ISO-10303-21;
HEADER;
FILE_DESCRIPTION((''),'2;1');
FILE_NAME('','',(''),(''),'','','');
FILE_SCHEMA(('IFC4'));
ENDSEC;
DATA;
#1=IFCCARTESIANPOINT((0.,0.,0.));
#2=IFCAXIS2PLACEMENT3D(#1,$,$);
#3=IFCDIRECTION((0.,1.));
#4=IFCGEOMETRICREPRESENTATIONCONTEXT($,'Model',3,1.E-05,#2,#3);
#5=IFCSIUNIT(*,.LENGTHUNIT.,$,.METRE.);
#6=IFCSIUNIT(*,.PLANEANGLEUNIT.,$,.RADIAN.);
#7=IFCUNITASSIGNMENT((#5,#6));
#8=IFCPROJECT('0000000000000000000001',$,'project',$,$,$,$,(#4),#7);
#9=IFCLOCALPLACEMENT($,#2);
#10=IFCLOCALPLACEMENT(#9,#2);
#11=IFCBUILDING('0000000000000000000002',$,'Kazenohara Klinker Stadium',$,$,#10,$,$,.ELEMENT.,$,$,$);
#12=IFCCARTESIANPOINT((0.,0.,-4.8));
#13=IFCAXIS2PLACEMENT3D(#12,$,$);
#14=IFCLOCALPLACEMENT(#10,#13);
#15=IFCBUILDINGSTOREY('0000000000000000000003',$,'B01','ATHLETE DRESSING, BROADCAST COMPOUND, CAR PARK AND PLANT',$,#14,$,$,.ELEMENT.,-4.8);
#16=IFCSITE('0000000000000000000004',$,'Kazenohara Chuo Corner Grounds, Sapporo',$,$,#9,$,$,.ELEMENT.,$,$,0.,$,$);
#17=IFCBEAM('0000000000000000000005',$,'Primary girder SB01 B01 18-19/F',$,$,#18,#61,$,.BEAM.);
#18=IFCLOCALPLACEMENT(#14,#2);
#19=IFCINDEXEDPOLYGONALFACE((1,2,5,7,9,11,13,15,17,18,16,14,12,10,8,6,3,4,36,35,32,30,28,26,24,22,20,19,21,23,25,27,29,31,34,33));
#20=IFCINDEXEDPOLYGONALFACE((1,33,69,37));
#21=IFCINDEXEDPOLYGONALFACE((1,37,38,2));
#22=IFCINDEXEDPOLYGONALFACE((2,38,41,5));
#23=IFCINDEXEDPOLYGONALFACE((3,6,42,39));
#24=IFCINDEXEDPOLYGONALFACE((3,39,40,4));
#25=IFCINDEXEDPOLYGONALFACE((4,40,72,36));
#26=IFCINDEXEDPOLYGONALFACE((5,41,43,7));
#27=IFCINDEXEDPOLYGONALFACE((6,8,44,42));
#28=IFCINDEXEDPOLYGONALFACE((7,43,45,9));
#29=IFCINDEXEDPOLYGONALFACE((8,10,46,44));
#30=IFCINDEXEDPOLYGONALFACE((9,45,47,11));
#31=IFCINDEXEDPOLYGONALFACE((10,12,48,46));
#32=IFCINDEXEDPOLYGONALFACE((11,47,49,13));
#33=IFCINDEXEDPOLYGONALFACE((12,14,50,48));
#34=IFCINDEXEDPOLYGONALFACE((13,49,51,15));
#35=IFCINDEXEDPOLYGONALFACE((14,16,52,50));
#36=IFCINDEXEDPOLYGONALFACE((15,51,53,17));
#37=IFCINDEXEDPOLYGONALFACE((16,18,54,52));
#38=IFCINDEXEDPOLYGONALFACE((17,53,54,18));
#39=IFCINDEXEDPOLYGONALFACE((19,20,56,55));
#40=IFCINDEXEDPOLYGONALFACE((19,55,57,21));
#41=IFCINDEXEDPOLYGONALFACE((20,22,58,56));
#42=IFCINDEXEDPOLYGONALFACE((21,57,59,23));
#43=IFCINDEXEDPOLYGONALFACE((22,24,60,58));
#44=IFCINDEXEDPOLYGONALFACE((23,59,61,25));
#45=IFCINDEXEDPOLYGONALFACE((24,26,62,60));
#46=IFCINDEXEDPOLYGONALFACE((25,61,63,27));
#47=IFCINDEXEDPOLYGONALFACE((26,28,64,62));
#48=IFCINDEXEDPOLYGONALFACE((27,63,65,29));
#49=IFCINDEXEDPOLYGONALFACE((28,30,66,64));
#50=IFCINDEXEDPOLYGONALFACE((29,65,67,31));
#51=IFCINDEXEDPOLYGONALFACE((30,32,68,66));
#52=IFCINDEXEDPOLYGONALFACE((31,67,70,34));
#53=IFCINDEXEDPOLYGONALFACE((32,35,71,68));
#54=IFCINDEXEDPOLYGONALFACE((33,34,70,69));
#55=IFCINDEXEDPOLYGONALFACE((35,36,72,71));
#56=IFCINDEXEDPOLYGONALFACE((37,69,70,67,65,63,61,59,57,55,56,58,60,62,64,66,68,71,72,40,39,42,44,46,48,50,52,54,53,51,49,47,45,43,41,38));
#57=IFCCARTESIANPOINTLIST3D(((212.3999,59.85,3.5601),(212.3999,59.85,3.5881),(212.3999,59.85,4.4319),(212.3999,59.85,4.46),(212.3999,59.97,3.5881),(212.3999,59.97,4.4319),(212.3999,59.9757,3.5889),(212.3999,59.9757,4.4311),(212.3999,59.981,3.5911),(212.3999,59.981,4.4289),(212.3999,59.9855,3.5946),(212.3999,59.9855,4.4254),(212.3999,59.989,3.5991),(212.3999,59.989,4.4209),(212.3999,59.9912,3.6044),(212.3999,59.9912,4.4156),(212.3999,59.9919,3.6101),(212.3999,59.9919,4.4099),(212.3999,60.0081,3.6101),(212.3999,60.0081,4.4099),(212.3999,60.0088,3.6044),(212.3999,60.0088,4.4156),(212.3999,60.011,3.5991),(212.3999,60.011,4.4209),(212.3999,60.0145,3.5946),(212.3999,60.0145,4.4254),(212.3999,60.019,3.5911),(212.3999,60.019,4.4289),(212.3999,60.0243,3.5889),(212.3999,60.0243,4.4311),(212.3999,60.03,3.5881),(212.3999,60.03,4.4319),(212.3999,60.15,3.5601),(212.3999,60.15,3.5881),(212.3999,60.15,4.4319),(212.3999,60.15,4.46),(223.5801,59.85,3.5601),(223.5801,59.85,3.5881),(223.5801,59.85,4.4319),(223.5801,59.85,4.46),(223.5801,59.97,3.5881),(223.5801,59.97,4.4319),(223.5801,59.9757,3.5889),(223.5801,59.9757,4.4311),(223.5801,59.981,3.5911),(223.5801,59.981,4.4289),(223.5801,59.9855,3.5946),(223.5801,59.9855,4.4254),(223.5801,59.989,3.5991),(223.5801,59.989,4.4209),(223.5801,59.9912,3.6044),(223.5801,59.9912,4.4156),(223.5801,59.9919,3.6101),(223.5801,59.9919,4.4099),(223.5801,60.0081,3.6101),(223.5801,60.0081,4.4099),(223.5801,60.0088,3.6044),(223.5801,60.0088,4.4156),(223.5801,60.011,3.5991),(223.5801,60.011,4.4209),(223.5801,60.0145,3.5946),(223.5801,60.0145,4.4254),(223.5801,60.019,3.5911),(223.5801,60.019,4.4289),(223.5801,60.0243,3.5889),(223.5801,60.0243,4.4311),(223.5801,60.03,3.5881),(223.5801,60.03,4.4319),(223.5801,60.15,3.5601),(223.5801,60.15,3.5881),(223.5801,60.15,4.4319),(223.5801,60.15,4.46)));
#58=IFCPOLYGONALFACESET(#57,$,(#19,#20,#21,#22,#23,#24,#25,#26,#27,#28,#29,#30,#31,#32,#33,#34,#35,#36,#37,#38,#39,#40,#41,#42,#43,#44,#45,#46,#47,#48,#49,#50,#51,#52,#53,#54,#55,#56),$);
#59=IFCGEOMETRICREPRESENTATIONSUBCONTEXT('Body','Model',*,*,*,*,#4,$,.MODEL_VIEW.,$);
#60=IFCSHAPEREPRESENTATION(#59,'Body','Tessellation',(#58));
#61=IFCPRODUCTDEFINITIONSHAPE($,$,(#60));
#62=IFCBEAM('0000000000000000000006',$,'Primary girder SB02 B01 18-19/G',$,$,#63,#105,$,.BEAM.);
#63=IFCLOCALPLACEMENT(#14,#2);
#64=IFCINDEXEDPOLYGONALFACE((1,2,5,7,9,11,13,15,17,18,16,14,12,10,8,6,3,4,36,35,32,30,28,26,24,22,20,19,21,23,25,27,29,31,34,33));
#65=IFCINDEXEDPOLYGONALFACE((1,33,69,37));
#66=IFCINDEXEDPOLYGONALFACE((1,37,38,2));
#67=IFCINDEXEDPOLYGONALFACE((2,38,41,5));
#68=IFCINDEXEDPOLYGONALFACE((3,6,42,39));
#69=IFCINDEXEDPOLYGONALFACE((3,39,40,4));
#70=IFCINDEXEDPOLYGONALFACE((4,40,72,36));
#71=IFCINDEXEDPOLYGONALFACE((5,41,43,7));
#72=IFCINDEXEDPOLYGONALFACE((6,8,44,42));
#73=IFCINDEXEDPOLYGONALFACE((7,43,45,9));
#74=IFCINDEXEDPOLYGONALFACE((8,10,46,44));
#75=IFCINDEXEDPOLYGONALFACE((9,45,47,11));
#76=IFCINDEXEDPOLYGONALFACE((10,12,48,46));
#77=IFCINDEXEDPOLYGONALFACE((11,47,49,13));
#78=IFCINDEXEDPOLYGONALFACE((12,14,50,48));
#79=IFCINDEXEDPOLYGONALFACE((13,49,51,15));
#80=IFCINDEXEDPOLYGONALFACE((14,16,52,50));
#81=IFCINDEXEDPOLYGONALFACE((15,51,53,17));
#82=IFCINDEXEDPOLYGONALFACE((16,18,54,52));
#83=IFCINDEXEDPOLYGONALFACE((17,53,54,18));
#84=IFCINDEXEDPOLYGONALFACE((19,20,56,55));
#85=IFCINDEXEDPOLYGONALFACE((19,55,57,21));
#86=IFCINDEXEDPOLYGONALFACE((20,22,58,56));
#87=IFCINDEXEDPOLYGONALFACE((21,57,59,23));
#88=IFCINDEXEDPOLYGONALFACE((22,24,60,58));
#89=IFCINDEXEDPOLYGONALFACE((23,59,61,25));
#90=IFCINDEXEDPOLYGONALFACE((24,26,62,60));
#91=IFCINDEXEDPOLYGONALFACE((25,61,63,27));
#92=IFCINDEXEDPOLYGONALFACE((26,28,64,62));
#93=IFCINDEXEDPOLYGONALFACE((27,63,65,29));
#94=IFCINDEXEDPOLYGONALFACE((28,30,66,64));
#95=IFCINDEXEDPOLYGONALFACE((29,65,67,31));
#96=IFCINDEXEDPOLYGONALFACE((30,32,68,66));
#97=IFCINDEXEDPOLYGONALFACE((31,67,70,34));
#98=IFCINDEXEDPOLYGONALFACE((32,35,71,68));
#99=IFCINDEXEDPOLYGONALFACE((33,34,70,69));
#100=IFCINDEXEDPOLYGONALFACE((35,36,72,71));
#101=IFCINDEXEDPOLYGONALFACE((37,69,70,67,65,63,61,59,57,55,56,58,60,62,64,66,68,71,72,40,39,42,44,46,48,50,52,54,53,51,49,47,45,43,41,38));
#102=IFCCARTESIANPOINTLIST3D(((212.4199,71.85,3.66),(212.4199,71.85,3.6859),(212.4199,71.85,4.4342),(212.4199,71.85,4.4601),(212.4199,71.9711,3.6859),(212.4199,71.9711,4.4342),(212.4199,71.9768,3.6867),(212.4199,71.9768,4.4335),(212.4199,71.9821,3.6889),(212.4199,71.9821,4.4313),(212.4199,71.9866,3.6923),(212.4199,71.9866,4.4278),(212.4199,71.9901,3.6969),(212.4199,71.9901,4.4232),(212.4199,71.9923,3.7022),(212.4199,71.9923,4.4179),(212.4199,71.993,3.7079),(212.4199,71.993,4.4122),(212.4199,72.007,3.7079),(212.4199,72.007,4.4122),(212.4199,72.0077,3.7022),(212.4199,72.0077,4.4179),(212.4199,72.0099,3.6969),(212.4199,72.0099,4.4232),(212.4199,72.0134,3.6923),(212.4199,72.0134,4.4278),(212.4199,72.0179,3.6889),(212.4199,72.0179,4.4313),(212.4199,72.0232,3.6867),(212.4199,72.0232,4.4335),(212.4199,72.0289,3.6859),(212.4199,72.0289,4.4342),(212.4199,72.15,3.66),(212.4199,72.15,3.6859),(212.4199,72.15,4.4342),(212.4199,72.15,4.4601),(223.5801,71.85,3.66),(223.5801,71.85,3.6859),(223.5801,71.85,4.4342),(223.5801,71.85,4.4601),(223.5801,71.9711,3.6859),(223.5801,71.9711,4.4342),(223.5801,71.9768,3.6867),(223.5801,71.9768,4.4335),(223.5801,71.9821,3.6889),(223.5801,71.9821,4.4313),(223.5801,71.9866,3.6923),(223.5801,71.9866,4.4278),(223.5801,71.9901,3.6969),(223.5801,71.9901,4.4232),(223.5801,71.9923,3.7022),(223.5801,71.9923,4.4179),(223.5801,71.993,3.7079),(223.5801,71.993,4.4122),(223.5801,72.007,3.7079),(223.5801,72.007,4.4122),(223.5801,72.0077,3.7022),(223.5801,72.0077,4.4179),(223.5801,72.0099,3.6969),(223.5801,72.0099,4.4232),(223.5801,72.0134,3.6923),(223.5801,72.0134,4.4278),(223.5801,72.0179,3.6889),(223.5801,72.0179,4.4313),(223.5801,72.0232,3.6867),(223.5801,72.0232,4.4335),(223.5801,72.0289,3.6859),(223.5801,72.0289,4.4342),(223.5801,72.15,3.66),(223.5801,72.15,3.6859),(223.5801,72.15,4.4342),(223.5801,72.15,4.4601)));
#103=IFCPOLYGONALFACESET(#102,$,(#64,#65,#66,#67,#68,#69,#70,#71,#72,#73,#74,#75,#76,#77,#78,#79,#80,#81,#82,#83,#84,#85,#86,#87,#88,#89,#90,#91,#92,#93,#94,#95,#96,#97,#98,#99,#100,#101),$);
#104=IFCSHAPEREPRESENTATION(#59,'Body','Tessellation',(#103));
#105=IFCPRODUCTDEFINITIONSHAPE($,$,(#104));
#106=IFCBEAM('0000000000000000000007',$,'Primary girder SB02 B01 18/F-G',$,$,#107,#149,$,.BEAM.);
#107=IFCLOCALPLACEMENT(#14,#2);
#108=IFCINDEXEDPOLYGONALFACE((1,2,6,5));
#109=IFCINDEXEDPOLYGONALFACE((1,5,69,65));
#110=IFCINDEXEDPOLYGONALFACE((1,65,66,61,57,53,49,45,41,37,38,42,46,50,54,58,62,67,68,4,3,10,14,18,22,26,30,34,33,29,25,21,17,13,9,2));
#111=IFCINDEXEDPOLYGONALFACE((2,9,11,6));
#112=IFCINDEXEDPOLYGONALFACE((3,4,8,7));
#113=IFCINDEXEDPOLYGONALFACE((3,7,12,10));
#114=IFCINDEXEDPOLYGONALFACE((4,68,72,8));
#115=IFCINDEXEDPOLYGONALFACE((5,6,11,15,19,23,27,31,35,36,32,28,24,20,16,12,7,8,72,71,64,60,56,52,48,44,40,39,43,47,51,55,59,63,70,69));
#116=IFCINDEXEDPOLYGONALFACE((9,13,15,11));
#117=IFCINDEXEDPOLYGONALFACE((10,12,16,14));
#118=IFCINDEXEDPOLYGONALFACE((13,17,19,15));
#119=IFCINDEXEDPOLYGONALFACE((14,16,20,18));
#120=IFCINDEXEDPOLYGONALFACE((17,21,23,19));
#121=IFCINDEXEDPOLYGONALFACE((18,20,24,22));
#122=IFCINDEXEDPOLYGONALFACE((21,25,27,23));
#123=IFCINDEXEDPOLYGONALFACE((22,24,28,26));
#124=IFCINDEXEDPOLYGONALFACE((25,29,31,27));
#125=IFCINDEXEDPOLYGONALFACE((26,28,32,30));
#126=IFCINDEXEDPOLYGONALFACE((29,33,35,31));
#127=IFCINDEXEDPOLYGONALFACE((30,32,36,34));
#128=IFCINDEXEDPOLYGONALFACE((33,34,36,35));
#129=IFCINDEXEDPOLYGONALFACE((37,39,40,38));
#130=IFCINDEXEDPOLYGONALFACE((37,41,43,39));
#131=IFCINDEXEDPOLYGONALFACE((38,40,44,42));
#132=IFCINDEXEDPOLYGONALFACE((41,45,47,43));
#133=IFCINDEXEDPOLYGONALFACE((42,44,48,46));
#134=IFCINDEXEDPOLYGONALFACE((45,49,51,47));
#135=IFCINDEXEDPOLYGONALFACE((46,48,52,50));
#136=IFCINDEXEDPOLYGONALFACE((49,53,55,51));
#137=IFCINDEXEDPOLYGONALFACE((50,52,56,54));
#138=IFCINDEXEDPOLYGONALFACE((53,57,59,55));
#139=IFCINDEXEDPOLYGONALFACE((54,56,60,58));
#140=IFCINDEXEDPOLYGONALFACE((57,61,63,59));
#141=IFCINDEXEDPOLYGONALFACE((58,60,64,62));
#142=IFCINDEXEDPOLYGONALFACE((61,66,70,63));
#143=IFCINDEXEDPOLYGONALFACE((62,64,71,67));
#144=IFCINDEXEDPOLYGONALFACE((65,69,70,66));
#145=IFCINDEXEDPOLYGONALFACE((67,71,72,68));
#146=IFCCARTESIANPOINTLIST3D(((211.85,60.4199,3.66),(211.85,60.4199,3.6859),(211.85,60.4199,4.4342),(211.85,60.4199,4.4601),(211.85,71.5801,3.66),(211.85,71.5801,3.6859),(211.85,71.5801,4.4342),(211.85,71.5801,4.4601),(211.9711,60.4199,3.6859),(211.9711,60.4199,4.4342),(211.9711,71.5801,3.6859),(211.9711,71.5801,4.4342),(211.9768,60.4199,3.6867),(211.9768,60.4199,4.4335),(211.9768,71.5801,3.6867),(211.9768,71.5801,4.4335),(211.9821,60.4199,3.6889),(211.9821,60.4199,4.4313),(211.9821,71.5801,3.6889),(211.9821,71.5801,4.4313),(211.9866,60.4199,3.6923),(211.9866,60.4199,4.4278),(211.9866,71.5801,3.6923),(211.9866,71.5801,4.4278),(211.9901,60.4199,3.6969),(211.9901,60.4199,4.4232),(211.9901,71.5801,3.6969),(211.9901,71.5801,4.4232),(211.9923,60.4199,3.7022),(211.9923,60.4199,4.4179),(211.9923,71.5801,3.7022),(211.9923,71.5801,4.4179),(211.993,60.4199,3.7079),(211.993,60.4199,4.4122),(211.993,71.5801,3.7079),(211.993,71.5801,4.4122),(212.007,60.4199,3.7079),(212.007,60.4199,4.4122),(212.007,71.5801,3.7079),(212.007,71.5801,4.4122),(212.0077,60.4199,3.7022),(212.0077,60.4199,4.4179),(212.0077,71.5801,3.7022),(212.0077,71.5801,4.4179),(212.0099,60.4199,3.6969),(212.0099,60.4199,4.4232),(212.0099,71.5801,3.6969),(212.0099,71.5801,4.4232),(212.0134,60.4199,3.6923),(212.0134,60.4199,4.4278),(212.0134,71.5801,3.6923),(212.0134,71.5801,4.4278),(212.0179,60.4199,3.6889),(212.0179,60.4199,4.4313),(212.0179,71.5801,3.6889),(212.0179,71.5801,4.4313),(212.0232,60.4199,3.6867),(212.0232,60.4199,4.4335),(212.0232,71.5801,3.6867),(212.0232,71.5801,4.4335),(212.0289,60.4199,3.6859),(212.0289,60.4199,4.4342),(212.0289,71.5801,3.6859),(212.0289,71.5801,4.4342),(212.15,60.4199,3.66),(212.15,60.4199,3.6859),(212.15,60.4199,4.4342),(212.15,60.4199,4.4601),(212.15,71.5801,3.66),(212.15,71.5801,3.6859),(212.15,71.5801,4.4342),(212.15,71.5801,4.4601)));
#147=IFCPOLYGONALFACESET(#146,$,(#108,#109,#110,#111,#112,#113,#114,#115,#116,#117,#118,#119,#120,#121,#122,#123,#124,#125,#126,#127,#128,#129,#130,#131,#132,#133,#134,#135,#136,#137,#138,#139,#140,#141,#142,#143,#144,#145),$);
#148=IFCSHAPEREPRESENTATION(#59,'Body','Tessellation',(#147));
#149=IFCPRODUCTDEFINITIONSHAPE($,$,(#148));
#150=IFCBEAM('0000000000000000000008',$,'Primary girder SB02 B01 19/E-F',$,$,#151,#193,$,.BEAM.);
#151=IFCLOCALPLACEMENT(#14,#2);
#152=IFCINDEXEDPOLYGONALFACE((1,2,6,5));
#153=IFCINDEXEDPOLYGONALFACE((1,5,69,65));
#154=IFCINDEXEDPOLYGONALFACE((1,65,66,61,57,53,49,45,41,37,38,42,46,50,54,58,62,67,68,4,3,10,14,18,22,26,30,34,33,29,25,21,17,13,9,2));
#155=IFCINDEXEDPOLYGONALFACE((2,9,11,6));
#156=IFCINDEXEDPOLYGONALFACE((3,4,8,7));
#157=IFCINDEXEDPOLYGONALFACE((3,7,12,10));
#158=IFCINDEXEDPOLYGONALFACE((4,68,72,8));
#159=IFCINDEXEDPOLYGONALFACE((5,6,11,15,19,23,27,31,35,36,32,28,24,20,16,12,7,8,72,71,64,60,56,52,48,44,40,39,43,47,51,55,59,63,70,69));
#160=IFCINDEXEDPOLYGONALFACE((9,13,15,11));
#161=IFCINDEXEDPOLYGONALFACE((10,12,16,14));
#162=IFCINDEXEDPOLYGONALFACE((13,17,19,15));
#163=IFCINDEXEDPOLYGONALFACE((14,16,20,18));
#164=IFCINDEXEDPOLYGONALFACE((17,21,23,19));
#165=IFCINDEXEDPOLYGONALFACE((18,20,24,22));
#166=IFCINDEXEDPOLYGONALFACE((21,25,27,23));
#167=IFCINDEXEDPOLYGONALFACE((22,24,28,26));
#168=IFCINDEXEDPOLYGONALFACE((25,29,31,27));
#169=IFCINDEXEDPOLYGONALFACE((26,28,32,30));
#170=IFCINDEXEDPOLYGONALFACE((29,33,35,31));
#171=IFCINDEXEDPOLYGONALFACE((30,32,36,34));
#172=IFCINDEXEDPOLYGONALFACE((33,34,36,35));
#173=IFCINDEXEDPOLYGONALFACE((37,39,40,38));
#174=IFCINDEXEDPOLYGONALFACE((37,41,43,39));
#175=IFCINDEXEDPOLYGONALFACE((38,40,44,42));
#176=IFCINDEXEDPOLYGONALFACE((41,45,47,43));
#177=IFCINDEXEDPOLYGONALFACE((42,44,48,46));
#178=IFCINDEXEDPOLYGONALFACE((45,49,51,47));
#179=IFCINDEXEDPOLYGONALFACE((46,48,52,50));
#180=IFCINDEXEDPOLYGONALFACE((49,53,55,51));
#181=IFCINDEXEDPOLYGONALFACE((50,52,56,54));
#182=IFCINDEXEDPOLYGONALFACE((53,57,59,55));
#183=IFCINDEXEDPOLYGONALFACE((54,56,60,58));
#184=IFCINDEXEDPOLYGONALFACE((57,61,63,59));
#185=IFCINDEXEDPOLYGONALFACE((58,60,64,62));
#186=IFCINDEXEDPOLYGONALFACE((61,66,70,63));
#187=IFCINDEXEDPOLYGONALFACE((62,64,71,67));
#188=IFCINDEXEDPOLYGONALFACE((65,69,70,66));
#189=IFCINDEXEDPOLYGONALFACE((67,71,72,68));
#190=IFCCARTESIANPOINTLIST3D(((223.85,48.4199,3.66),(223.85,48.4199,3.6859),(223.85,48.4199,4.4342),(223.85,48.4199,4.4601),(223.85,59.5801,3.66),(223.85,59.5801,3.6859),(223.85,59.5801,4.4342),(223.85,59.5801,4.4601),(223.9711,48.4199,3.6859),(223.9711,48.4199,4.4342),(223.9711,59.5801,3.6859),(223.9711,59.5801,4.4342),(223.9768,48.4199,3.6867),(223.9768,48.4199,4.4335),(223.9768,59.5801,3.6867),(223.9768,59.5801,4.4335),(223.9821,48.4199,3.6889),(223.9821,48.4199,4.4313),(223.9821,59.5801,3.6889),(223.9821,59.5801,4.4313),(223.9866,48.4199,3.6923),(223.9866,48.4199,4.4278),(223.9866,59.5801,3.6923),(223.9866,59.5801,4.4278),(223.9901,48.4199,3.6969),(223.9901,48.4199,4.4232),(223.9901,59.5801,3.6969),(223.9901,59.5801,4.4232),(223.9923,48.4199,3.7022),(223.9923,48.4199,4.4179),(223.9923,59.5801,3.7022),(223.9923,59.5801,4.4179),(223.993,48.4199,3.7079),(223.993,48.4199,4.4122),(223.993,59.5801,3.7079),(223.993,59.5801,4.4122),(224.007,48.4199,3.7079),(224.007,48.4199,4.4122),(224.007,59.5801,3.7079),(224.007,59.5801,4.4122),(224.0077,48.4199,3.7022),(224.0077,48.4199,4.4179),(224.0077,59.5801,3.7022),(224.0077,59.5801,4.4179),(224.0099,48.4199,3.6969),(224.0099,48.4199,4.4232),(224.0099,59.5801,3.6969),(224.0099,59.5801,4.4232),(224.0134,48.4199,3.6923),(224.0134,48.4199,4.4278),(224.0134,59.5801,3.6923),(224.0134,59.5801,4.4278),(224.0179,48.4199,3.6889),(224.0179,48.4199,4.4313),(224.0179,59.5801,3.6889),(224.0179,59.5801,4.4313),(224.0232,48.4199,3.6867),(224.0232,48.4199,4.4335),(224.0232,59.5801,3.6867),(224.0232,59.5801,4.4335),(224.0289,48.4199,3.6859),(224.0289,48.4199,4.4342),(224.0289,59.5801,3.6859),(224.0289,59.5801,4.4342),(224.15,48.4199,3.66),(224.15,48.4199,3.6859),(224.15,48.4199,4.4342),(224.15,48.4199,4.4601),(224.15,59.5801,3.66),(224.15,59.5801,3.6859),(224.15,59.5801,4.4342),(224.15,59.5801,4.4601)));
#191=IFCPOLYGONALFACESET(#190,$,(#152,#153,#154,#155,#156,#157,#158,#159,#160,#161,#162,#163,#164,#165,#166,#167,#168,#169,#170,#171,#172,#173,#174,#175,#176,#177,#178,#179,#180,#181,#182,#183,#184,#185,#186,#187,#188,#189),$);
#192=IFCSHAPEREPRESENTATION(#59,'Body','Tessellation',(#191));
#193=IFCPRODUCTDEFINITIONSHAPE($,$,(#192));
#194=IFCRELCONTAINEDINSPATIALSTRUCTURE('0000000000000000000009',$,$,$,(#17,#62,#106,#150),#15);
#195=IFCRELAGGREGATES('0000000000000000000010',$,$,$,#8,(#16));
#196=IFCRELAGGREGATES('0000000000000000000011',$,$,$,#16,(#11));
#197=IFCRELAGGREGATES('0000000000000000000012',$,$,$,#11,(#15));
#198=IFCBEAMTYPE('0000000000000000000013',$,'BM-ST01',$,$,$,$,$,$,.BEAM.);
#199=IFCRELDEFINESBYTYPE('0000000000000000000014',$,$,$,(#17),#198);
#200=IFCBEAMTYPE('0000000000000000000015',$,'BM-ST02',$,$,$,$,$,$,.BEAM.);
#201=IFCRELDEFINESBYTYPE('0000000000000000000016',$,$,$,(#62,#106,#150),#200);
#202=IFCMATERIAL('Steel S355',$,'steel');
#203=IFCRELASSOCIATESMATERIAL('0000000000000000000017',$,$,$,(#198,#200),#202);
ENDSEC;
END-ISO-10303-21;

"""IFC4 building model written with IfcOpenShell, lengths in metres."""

from ifc_helpers import new_model, si_unit, direction, frame, origin, origin_2d, place, context, subcontext, project, spatial, i_section, extrude, material, material_profile, profile_set, type_object, element, save


model = new_model("IFC4")

# Units and contexts
model_context = context("Model", 3, precision=1e-05, world=origin(), true_north=direction((0.0, 1.0)))
body_context = subcontext(model_context, "Body", "Model", "MODEL_VIEW")
ifc_project = project(units=[si_unit("LENGTHUNIT", "METRE"), si_unit("PLANEANGLEUNIT", "RADIAN")], contexts=[model_context])

# Site, building, storey
site_placement = place(None, origin())
site = spatial("IfcSite", under=ifc_project, at=site_placement, Name="Kazenohara Chuo Corner Grounds, Sapporo", CompositionType="ELEMENT", RefElevation=0.0)
building_placement = place(site_placement, origin())
building = spatial("IfcBuilding", under=site, at=building_placement, Name="Kazenohara Klinker Stadium", CompositionType="ELEMENT")
storey_placement = place(building_placement, frame((0.0, 0.0, -4.8)))
storey = spatial("IfcBuildingStorey", under=building, at=storey_placement, Name="B01", Description="ATHLETE DRESSING, BROADCAST COMPOUND, CAR PARK AND PLANT", CompositionType="ELEMENT", Elevation=-4.8)

# Beams
ifc_material_1 = material(Name="Steel S355", Category="steel")
ifc_material_profile_1 = material_profile(ifc_material_1, i_section(OverallWidth=0.3, OverallDepth=0.8999, WebThickness=0.0161, FlangeThickness=0.0281, FilletRadius=0.022, at=origin_2d()), Name="H-900x300x16x28")
ifc_profile_set_1 = profile_set([ifc_material_profile_1], Name="Steel S355")
beam_type_1 = type_object("IfcBeamType", Name="BM-ST01", PredefinedType="BEAM", material=ifc_profile_set_1)
beam_1_placement = place(storey_placement, frame((212.3999, 60.0, 4.01), z_axis=(1.0, 0.0, 0.0), x_axis=(0.0, 1.0, 0.0)))
element("IfcBeam", 1, at=beam_1_placement, inside=storey, type_object=beam_type_1, Name="Primary girder SB01 B01 18-19/F", PredefinedType="BEAM", context=body_context, shape_type="SweptSolid", body=[
    extrude(i_section(OverallWidth=0.3, OverallDepth=0.8999, WebThickness=0.0161, FlangeThickness=0.0281, FilletRadius=0.022, at=origin_2d()), origin(), (0.0, 0.0, 1.0), 11.1802),
])
ifc_material_profile_2 = material_profile(ifc_material_1, i_section(OverallWidth=0.3, OverallDepth=0.8, WebThickness=0.0139, FlangeThickness=0.0259, FilletRadius=0.022, at=origin_2d()), Name="H-800x300x14x26")
ifc_profile_set_2 = profile_set([ifc_material_profile_2], Name="Steel S355")
beam_type_2 = type_object("IfcBeamType", Name="BM-ST02", PredefinedType="BEAM", material=ifc_profile_set_2)
for number, where, z_axis, x_axis, name in (
    (2, (212.4199, 72.0, 4.0601), (1.0, 0.0, 0.0), (0.0, 1.0, 0.0), "Primary girder SB02 B01 18-19/G"),
    (3, (212.0, 60.4199, 4.0601), (0.0, 1.0, 0.0), (-1.0, 0.0, 0.0), "Primary girder SB02 B01 18/F-G"),
    (4, (224.0, 48.4199, 4.0601), (0.0, 1.0, 0.0), (-1.0, 0.0, 0.0), "Primary girder SB02 B01 19/E-F"),
):
    element("IfcBeam", number, at=place(storey_placement, frame(where, z_axis=z_axis, x_axis=x_axis)), inside=storey, type_object=beam_type_2, Name=name, PredefinedType="BEAM", context=body_context, shape_type="SweptSolid", body=[
        extrude(i_section(OverallWidth=0.3, OverallDepth=0.8, WebThickness=0.0139, FlangeThickness=0.0259, FilletRadius=0.022, at=origin_2d()), origin(), (0.0, 0.0, 1.0), 11.1602),
    ])

save(model, "model.ifc")
